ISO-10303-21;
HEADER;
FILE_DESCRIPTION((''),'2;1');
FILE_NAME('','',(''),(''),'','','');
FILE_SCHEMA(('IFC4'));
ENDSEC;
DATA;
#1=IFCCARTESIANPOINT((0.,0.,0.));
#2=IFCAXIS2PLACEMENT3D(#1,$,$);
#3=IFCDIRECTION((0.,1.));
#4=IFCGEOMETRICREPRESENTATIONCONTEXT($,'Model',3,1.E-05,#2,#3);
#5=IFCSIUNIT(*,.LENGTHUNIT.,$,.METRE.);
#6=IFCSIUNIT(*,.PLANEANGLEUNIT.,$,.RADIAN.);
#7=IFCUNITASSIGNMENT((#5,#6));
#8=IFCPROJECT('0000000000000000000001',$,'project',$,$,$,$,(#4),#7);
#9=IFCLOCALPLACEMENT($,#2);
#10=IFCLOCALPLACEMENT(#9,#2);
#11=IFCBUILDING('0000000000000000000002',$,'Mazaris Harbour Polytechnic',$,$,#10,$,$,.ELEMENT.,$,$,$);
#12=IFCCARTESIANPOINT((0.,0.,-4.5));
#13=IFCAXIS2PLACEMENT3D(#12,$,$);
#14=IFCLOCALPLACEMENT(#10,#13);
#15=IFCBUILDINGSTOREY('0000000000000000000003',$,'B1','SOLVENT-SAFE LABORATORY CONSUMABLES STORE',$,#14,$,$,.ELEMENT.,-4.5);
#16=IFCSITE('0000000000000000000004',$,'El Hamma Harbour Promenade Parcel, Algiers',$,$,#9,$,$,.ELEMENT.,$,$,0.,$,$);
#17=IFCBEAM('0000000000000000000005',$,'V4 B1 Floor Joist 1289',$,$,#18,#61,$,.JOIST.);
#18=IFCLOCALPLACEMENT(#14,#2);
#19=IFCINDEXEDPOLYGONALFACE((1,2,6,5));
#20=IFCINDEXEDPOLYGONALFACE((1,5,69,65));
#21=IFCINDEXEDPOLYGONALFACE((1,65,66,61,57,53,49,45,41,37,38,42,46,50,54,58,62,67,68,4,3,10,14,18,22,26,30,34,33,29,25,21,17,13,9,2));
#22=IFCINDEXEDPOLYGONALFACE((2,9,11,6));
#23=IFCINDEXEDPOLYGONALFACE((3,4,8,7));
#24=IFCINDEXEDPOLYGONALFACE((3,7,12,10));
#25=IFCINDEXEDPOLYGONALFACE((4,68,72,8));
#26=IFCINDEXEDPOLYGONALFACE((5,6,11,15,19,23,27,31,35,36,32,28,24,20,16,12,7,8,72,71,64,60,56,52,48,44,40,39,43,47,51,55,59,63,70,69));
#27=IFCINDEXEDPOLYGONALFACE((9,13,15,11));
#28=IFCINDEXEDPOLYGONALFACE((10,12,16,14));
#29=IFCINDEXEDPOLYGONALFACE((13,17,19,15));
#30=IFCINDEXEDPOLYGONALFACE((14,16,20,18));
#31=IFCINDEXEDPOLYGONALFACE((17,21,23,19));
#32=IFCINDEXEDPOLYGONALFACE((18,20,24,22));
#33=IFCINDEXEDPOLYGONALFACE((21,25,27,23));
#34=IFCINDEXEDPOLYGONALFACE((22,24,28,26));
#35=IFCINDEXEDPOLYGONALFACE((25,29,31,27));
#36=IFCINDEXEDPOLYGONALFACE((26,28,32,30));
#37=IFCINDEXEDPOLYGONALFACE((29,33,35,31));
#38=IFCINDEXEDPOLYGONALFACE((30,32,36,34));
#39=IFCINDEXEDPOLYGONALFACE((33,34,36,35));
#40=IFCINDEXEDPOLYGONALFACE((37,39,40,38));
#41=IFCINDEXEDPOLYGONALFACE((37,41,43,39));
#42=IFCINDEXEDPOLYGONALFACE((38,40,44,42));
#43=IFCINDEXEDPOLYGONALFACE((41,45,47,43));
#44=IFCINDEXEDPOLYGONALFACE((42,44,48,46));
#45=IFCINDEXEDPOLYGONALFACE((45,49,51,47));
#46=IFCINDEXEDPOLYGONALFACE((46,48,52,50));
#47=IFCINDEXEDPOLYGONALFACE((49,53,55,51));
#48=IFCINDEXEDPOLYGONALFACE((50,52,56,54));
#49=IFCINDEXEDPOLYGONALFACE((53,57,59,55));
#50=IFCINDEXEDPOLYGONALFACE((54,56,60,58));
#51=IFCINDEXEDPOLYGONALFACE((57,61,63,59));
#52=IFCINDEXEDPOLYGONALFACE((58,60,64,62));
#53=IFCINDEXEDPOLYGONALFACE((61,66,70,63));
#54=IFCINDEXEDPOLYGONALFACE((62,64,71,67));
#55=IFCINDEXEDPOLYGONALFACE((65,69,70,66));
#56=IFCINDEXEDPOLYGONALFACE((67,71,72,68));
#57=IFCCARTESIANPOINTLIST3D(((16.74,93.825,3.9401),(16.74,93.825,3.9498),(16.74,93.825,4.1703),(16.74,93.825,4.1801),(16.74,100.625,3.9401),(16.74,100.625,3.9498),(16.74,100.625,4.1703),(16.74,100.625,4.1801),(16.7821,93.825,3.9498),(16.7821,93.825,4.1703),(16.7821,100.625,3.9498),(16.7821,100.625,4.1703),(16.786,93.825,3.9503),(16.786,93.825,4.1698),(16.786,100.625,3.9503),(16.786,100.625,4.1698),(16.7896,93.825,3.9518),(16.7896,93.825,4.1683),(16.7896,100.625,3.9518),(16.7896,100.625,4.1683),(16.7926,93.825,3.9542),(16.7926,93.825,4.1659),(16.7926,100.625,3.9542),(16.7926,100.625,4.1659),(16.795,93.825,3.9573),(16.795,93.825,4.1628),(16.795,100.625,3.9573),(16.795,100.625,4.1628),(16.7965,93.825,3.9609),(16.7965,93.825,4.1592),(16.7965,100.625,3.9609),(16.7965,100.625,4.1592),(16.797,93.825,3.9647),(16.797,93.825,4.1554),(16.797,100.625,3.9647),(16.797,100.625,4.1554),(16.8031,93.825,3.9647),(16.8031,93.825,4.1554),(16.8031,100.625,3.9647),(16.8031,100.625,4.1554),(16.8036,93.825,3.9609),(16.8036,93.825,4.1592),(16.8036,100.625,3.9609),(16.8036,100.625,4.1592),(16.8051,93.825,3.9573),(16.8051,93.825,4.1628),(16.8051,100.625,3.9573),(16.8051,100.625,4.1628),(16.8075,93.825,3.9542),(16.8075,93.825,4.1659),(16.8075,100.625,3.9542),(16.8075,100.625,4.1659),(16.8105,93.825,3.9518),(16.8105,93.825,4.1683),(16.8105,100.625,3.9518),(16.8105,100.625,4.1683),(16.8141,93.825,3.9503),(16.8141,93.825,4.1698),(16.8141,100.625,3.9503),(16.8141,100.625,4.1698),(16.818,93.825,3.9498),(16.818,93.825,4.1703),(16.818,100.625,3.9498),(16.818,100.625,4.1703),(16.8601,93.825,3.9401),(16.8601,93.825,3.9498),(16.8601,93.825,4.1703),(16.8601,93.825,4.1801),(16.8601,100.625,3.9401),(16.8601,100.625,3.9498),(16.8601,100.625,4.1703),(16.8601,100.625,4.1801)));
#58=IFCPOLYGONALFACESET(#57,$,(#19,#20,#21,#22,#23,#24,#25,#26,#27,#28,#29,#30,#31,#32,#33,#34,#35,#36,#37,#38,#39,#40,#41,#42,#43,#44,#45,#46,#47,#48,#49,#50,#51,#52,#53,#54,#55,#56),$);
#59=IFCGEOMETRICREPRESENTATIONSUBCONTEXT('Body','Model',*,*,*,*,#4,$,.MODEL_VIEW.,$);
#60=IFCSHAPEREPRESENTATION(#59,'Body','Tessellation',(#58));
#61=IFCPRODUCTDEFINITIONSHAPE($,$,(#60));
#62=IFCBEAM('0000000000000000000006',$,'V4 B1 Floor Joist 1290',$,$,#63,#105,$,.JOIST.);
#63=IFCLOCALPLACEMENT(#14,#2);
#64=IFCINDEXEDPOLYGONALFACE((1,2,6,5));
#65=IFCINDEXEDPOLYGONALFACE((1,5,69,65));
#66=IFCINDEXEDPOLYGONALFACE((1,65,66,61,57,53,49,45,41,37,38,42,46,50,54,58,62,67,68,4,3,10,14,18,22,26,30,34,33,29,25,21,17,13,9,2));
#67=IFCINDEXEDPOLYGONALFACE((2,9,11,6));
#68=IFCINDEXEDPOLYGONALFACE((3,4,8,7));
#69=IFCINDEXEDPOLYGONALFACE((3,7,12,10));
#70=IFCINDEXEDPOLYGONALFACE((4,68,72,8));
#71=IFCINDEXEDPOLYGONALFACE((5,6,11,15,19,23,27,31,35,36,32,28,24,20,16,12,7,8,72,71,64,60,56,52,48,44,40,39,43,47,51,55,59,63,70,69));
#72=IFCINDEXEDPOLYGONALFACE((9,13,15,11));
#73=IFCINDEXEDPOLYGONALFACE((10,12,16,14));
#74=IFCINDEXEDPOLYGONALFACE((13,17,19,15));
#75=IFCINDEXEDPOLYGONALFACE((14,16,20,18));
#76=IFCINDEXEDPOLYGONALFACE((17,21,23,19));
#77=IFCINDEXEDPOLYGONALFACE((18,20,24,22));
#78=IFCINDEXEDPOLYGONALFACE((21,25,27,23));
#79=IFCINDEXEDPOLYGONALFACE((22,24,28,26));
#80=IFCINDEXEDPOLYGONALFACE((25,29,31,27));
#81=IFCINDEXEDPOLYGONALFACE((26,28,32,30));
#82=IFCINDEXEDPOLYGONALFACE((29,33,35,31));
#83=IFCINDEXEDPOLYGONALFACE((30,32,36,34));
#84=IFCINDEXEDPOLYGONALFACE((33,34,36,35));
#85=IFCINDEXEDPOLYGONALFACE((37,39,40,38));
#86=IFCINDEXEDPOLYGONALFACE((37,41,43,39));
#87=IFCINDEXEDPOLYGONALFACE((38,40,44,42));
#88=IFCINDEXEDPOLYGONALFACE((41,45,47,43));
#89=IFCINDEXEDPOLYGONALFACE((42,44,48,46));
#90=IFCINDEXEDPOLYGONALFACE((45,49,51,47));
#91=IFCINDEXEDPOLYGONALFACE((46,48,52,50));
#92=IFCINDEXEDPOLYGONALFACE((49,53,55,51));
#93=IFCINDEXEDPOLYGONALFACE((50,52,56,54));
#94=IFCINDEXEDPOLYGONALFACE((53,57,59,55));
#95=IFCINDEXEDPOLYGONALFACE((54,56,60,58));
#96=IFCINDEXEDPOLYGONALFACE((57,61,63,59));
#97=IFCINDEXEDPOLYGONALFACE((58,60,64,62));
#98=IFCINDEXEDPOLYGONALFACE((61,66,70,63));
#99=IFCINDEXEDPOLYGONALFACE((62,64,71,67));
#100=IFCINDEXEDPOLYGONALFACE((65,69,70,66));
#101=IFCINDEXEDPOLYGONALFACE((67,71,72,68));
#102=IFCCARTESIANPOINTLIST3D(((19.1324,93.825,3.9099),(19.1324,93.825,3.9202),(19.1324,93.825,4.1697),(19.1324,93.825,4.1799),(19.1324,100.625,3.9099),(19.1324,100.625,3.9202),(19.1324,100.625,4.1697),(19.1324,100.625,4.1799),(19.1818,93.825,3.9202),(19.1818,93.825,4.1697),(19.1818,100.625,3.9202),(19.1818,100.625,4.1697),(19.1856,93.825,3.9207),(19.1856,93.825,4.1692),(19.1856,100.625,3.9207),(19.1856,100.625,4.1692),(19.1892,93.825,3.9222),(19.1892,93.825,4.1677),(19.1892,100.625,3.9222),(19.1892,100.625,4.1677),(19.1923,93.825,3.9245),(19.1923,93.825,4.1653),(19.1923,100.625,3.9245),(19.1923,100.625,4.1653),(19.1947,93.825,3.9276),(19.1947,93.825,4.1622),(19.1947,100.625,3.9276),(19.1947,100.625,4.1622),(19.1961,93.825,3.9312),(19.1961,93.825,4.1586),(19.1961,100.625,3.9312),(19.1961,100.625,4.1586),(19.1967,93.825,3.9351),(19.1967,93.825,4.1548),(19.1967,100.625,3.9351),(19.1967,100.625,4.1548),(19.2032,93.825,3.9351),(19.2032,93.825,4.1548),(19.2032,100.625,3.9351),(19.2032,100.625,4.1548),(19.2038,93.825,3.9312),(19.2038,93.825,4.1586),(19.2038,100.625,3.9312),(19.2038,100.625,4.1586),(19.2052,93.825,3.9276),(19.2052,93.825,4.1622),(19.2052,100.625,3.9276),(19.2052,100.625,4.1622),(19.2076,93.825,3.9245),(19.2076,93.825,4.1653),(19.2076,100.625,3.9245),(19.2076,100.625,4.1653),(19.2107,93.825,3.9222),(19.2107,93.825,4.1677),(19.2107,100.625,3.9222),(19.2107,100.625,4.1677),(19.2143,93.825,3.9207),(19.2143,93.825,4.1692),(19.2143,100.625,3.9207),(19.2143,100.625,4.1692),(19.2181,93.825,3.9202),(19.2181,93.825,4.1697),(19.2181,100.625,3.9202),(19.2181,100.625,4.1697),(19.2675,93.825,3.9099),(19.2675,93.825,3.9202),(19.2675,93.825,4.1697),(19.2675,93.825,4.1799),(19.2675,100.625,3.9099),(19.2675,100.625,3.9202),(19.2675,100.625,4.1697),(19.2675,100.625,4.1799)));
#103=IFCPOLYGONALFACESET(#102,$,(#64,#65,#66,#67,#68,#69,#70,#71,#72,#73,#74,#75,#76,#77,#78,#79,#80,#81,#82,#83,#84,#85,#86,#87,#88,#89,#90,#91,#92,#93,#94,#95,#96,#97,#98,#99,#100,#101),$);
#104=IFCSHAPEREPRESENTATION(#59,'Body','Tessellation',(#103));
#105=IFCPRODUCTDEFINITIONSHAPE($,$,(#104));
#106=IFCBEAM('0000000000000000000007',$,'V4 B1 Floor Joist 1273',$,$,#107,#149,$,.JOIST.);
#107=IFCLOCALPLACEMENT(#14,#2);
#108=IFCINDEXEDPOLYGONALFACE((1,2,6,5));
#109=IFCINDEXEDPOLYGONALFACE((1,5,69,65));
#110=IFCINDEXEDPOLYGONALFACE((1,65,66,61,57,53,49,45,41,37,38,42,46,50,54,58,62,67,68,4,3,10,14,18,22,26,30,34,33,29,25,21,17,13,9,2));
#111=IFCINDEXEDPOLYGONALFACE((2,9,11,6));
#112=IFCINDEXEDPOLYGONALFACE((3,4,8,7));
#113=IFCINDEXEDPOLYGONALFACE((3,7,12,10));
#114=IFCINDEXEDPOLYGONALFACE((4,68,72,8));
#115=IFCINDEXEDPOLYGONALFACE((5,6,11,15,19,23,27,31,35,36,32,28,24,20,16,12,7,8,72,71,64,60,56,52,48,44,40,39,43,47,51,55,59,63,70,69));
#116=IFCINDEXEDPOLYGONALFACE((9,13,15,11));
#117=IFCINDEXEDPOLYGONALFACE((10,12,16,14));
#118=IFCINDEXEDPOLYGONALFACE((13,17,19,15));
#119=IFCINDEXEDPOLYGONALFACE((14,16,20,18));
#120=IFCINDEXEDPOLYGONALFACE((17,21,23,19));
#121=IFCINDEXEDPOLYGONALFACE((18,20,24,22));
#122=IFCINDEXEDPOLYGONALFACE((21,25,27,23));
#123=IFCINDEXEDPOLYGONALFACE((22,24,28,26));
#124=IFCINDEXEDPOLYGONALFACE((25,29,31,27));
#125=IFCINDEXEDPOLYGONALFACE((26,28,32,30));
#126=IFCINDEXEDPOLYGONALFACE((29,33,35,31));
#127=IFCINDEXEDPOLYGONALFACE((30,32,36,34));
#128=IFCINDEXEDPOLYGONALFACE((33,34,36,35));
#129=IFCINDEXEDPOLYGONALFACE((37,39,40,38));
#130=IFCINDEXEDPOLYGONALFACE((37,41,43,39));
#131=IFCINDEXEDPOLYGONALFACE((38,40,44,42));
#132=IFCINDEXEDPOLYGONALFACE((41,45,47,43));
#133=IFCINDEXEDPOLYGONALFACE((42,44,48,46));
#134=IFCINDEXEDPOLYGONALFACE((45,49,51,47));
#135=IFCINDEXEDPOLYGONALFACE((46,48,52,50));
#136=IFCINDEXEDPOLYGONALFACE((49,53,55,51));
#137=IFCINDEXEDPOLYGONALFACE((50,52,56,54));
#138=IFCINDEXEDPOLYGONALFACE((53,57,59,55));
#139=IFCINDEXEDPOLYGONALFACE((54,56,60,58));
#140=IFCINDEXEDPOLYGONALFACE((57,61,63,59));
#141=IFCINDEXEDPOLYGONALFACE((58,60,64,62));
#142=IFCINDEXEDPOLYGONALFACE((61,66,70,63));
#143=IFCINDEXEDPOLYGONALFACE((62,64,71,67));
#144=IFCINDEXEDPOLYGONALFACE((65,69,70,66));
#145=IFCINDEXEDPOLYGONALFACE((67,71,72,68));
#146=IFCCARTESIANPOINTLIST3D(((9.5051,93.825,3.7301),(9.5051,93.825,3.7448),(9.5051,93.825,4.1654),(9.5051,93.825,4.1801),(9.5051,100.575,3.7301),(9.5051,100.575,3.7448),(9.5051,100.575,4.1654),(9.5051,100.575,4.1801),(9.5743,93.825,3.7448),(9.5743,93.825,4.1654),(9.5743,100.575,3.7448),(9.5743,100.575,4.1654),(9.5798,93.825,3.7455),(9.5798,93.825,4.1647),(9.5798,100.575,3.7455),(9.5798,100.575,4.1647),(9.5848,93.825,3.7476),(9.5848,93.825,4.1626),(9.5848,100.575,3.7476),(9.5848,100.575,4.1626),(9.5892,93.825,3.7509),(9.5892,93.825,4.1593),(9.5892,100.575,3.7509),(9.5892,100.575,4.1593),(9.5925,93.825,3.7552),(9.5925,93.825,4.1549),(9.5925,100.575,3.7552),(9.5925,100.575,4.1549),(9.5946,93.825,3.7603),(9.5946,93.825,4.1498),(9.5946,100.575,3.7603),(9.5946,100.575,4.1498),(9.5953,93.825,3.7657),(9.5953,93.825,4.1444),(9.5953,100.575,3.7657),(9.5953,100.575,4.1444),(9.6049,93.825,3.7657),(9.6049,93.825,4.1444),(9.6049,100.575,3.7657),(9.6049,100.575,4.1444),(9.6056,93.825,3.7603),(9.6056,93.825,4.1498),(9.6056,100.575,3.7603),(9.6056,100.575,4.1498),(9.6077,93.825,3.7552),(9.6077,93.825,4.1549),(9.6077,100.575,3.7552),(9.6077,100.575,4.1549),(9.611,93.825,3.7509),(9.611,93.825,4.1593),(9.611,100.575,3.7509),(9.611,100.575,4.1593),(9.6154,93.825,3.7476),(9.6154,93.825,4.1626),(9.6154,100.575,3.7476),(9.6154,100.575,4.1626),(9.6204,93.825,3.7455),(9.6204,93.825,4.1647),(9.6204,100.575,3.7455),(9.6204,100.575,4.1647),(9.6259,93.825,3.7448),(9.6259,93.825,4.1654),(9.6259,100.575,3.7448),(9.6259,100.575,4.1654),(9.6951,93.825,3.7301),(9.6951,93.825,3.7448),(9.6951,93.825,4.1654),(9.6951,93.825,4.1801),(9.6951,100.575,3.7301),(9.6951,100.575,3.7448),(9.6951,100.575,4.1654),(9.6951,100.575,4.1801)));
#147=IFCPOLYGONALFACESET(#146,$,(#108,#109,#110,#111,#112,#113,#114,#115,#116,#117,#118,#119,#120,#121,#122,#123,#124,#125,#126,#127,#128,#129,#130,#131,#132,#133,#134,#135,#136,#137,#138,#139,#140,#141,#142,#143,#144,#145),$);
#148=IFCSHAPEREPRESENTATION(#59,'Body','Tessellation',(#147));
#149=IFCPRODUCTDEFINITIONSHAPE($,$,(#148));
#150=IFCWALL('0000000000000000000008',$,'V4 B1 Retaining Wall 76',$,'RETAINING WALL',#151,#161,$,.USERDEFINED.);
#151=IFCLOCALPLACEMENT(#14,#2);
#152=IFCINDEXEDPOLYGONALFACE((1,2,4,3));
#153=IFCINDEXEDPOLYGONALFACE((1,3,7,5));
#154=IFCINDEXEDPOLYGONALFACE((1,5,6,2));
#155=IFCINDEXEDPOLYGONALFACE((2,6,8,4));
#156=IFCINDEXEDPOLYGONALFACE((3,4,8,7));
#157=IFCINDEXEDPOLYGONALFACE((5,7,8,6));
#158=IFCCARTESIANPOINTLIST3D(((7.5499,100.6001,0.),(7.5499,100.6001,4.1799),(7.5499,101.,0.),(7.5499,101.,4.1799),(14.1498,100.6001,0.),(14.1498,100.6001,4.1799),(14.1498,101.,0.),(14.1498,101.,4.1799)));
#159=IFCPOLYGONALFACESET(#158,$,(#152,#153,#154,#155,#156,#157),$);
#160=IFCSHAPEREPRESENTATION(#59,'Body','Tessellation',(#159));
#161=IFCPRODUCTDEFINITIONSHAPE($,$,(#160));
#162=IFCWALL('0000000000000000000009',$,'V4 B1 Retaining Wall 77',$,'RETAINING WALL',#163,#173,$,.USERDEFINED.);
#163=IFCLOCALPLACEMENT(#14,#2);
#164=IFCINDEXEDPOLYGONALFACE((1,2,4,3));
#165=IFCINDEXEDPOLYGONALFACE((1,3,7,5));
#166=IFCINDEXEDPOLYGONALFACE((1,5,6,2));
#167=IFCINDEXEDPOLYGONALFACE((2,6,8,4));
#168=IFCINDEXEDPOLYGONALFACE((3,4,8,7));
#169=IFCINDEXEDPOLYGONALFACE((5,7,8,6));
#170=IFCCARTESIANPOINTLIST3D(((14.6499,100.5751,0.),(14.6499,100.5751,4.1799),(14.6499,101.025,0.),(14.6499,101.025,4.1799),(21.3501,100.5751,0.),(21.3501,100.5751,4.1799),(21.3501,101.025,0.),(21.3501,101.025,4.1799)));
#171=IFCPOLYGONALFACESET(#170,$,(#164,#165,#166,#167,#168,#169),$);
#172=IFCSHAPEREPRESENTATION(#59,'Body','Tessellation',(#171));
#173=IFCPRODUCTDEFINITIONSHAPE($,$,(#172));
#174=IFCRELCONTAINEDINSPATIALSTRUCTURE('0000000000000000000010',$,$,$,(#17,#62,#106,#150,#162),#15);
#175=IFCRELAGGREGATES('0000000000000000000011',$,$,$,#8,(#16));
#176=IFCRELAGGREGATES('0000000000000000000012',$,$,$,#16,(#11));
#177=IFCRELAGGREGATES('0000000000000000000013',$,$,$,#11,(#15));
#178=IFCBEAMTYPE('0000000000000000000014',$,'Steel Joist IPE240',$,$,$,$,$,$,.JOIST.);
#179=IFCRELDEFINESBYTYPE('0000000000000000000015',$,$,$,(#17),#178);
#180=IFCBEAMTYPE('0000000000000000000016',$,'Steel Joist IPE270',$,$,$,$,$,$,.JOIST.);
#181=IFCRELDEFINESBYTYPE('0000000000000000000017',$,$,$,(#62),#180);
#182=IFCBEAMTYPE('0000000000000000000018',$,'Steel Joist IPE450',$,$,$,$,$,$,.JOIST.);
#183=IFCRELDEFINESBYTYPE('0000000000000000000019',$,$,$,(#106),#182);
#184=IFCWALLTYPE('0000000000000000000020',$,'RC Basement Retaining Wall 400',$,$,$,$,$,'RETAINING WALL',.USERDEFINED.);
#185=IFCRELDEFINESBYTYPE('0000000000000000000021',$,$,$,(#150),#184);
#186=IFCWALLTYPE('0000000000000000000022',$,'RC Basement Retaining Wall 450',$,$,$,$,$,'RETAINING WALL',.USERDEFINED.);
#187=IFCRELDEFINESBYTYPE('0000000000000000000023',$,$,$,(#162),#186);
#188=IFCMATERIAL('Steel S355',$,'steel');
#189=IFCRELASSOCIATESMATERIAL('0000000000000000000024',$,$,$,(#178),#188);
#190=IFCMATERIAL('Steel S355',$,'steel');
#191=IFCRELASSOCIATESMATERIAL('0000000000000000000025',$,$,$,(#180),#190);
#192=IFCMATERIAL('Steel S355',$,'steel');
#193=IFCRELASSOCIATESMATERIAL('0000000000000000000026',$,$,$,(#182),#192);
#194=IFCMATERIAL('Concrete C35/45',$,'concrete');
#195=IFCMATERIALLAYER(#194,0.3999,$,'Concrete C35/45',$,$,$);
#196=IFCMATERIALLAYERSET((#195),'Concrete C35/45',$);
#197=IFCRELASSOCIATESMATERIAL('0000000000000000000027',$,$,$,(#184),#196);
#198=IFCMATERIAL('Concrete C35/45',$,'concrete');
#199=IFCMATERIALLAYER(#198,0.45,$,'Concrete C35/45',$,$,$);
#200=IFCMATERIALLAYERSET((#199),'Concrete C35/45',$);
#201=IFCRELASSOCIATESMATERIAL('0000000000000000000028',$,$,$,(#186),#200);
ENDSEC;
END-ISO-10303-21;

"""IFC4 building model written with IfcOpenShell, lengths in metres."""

from ifc_helpers import new_model, si_unit, direction, frame, frame_2d, origin, origin_2d, place, context, subcontext, project, spatial, rectangle, i_section, extrude, material, layer, layer_set, material_profile, profile_set, type_object, element, save


model = new_model("IFC4")

# Units and contexts
model_context = context("Model", 3, precision=1e-05, world=origin(), true_north=direction((0.0, 1.0)))
body_context = subcontext(model_context, "Body", "Model", "MODEL_VIEW")
ifc_project = project(units=[si_unit("LENGTHUNIT", "METRE"), si_unit("PLANEANGLEUNIT", "RADIAN")], contexts=[model_context])

# Site, building, storey
site_placement = place(None, origin())
site = spatial("IfcSite", under=ifc_project, at=site_placement, Name="El Hamma Harbour Promenade Parcel, Algiers", CompositionType="ELEMENT", RefElevation=0.0)
building_placement = place(site_placement, origin())
building = spatial("IfcBuilding", under=site, at=building_placement, Name="Mazaris Harbour Polytechnic", CompositionType="ELEMENT")
storey_placement = place(building_placement, frame((0.0, 0.0, -4.5)))
storey = spatial("IfcBuildingStorey", under=building, at=storey_placement, Name="B1", Description="SOLVENT-SAFE LABORATORY CONSUMABLES STORE", CompositionType="ELEMENT", Elevation=-4.5)

# Beams
ifc_material_1 = material(Name="Steel S355", Category="steel")
ifc_material_profile_1 = material_profile(ifc_material_1, i_section(OverallWidth=0.1201, OverallDepth=0.24, WebThickness=0.0061, FlangeThickness=0.0098, FilletRadius=0.0149, at=origin_2d()), Name="IPE 240")
ifc_profile_set_1 = profile_set([ifc_material_profile_1], Name="Steel S355")
beam_type_1 = type_object("IfcBeamType", Name="Steel Joist IPE240", PredefinedType="JOIST", material=ifc_profile_set_1)
beam_1_placement = place(storey_placement, frame((16.8, 93.825, 4.0601), z_axis=(0.0, 1.0, 0.0), x_axis=(-1.0, 0.0, 0.0)))
element("IfcBeam", 1, at=beam_1_placement, inside=storey, type_object=beam_type_1, Name="V4 B1 Floor Joist 1289", PredefinedType="JOIST", context=body_context, shape_type="SweptSolid", body=[
    extrude(i_section(OverallWidth=0.1201, OverallDepth=0.24, WebThickness=0.0061, FlangeThickness=0.0098, FilletRadius=0.0149, at=origin_2d()), origin(), (0.0, 0.0, 1.0), 6.8),
])
ifc_material_2 = material(Name="Steel S355", Category="steel")
ifc_material_profile_2 = material_profile(ifc_material_2, i_section(OverallWidth=0.135, OverallDepth=0.27, WebThickness=0.0066, FlangeThickness=0.0103, FilletRadius=0.0149, at=origin_2d()), Name="IPE 270")
ifc_profile_set_2 = profile_set([ifc_material_profile_2], Name="Steel S355")
beam_type_2 = type_object("IfcBeamType", Name="Steel Joist IPE270", PredefinedType="JOIST", material=ifc_profile_set_2)
beam_2_placement = place(storey_placement, frame((19.2, 93.825, 4.0449), z_axis=(0.0, 1.0, 0.0), x_axis=(-1.0, 0.0, 0.0)))
element("IfcBeam", 2, at=beam_2_placement, inside=storey, type_object=beam_type_2, Name="V4 B1 Floor Joist 1290", PredefinedType="JOIST", context=body_context, shape_type="SweptSolid", body=[
    extrude(i_section(OverallWidth=0.135, OverallDepth=0.27, WebThickness=0.0066, FlangeThickness=0.0103, FilletRadius=0.0149, at=origin_2d()), origin(), (0.0, 0.0, 1.0), 6.8),
])
ifc_material_3 = material(Name="Steel S355", Category="steel")
ifc_material_profile_3 = material_profile(ifc_material_3, i_section(OverallWidth=0.1899, OverallDepth=0.45, WebThickness=0.0095, FlangeThickness=0.0146, FilletRadius=0.021, at=origin_2d()), Name="IPE 450")
ifc_profile_set_3 = profile_set([ifc_material_profile_3], Name="Steel S355")
beam_type_3 = type_object("IfcBeamType", Name="Steel Joist IPE450", PredefinedType="JOIST", material=ifc_profile_set_3)
beam_3_placement = place(storey_placement, frame((9.6001, 93.825, 3.9551), z_axis=(0.0, 1.0, 0.0), x_axis=(-1.0, 0.0, 0.0)))
element("IfcBeam", 3, at=beam_3_placement, inside=storey, type_object=beam_type_3, Name="V4 B1 Floor Joist 1273", PredefinedType="JOIST", context=body_context, shape_type="SweptSolid", body=[
    extrude(i_section(OverallWidth=0.1899, OverallDepth=0.45, WebThickness=0.0095, FlangeThickness=0.0146, FilletRadius=0.021, at=origin_2d()), origin(), (0.0, 0.0, 1.0), 6.75),
])

# Walls
ifc_material_4 = material(Name="Concrete C35/45", Category="concrete")
ifc_layer_1 = layer(ifc_material_4, 0.3999, Name="Concrete C35/45")
ifc_layer_set_1 = layer_set([ifc_layer_1], Name="Concrete C35/45")
wall_type_1 = type_object("IfcWallType", Name="RC Basement Retaining Wall 400", ElementType="RETAINING WALL", PredefinedType="USERDEFINED", material=ifc_layer_set_1)
wall_1_placement = place(storey_placement, frame((7.55, 100.8, 0.0), z_axis=(0.0, 0.0, 1.0), x_axis=(1.0, 0.0, 0.0)))
element("IfcWall", 4, at=wall_1_placement, inside=storey, type_object=wall_type_1, Name="V4 B1 Retaining Wall 76", ObjectType="RETAINING WALL", PredefinedType="USERDEFINED", context=body_context, shape_type="SweptSolid", body=[
    extrude(rectangle(XDim=6.5999, YDim=0.3999, at=frame_2d((3.2998, 0.0))), origin(), (0.0, 0.0, 1.0), 4.1799),
])
ifc_material_5 = material(Name="Concrete C35/45", Category="concrete")
ifc_layer_2 = layer(ifc_material_5, 0.45, Name="Concrete C35/45")
ifc_layer_set_2 = layer_set([ifc_layer_2], Name="Concrete C35/45")
wall_type_2 = type_object("IfcWallType", Name="RC Basement Retaining Wall 450", ElementType="RETAINING WALL", PredefinedType="USERDEFINED", material=ifc_layer_set_2)
wall_2_placement = place(storey_placement, frame((14.6499, 100.8, 0.0), z_axis=(0.0, 0.0, 1.0), x_axis=(1.0, 0.0, 0.0)))
element("IfcWall", 5, at=wall_2_placement, inside=storey, type_object=wall_type_2, Name="V4 B1 Retaining Wall 77", ObjectType="RETAINING WALL", PredefinedType="USERDEFINED", context=body_context, shape_type="SweptSolid", body=[
    extrude(rectangle(XDim=6.7002, YDim=0.45, at=frame_2d((3.3501, 0.0))), origin(), (0.0, 0.0, 1.0), 4.1799),
])

save(model, "model.ifc")
